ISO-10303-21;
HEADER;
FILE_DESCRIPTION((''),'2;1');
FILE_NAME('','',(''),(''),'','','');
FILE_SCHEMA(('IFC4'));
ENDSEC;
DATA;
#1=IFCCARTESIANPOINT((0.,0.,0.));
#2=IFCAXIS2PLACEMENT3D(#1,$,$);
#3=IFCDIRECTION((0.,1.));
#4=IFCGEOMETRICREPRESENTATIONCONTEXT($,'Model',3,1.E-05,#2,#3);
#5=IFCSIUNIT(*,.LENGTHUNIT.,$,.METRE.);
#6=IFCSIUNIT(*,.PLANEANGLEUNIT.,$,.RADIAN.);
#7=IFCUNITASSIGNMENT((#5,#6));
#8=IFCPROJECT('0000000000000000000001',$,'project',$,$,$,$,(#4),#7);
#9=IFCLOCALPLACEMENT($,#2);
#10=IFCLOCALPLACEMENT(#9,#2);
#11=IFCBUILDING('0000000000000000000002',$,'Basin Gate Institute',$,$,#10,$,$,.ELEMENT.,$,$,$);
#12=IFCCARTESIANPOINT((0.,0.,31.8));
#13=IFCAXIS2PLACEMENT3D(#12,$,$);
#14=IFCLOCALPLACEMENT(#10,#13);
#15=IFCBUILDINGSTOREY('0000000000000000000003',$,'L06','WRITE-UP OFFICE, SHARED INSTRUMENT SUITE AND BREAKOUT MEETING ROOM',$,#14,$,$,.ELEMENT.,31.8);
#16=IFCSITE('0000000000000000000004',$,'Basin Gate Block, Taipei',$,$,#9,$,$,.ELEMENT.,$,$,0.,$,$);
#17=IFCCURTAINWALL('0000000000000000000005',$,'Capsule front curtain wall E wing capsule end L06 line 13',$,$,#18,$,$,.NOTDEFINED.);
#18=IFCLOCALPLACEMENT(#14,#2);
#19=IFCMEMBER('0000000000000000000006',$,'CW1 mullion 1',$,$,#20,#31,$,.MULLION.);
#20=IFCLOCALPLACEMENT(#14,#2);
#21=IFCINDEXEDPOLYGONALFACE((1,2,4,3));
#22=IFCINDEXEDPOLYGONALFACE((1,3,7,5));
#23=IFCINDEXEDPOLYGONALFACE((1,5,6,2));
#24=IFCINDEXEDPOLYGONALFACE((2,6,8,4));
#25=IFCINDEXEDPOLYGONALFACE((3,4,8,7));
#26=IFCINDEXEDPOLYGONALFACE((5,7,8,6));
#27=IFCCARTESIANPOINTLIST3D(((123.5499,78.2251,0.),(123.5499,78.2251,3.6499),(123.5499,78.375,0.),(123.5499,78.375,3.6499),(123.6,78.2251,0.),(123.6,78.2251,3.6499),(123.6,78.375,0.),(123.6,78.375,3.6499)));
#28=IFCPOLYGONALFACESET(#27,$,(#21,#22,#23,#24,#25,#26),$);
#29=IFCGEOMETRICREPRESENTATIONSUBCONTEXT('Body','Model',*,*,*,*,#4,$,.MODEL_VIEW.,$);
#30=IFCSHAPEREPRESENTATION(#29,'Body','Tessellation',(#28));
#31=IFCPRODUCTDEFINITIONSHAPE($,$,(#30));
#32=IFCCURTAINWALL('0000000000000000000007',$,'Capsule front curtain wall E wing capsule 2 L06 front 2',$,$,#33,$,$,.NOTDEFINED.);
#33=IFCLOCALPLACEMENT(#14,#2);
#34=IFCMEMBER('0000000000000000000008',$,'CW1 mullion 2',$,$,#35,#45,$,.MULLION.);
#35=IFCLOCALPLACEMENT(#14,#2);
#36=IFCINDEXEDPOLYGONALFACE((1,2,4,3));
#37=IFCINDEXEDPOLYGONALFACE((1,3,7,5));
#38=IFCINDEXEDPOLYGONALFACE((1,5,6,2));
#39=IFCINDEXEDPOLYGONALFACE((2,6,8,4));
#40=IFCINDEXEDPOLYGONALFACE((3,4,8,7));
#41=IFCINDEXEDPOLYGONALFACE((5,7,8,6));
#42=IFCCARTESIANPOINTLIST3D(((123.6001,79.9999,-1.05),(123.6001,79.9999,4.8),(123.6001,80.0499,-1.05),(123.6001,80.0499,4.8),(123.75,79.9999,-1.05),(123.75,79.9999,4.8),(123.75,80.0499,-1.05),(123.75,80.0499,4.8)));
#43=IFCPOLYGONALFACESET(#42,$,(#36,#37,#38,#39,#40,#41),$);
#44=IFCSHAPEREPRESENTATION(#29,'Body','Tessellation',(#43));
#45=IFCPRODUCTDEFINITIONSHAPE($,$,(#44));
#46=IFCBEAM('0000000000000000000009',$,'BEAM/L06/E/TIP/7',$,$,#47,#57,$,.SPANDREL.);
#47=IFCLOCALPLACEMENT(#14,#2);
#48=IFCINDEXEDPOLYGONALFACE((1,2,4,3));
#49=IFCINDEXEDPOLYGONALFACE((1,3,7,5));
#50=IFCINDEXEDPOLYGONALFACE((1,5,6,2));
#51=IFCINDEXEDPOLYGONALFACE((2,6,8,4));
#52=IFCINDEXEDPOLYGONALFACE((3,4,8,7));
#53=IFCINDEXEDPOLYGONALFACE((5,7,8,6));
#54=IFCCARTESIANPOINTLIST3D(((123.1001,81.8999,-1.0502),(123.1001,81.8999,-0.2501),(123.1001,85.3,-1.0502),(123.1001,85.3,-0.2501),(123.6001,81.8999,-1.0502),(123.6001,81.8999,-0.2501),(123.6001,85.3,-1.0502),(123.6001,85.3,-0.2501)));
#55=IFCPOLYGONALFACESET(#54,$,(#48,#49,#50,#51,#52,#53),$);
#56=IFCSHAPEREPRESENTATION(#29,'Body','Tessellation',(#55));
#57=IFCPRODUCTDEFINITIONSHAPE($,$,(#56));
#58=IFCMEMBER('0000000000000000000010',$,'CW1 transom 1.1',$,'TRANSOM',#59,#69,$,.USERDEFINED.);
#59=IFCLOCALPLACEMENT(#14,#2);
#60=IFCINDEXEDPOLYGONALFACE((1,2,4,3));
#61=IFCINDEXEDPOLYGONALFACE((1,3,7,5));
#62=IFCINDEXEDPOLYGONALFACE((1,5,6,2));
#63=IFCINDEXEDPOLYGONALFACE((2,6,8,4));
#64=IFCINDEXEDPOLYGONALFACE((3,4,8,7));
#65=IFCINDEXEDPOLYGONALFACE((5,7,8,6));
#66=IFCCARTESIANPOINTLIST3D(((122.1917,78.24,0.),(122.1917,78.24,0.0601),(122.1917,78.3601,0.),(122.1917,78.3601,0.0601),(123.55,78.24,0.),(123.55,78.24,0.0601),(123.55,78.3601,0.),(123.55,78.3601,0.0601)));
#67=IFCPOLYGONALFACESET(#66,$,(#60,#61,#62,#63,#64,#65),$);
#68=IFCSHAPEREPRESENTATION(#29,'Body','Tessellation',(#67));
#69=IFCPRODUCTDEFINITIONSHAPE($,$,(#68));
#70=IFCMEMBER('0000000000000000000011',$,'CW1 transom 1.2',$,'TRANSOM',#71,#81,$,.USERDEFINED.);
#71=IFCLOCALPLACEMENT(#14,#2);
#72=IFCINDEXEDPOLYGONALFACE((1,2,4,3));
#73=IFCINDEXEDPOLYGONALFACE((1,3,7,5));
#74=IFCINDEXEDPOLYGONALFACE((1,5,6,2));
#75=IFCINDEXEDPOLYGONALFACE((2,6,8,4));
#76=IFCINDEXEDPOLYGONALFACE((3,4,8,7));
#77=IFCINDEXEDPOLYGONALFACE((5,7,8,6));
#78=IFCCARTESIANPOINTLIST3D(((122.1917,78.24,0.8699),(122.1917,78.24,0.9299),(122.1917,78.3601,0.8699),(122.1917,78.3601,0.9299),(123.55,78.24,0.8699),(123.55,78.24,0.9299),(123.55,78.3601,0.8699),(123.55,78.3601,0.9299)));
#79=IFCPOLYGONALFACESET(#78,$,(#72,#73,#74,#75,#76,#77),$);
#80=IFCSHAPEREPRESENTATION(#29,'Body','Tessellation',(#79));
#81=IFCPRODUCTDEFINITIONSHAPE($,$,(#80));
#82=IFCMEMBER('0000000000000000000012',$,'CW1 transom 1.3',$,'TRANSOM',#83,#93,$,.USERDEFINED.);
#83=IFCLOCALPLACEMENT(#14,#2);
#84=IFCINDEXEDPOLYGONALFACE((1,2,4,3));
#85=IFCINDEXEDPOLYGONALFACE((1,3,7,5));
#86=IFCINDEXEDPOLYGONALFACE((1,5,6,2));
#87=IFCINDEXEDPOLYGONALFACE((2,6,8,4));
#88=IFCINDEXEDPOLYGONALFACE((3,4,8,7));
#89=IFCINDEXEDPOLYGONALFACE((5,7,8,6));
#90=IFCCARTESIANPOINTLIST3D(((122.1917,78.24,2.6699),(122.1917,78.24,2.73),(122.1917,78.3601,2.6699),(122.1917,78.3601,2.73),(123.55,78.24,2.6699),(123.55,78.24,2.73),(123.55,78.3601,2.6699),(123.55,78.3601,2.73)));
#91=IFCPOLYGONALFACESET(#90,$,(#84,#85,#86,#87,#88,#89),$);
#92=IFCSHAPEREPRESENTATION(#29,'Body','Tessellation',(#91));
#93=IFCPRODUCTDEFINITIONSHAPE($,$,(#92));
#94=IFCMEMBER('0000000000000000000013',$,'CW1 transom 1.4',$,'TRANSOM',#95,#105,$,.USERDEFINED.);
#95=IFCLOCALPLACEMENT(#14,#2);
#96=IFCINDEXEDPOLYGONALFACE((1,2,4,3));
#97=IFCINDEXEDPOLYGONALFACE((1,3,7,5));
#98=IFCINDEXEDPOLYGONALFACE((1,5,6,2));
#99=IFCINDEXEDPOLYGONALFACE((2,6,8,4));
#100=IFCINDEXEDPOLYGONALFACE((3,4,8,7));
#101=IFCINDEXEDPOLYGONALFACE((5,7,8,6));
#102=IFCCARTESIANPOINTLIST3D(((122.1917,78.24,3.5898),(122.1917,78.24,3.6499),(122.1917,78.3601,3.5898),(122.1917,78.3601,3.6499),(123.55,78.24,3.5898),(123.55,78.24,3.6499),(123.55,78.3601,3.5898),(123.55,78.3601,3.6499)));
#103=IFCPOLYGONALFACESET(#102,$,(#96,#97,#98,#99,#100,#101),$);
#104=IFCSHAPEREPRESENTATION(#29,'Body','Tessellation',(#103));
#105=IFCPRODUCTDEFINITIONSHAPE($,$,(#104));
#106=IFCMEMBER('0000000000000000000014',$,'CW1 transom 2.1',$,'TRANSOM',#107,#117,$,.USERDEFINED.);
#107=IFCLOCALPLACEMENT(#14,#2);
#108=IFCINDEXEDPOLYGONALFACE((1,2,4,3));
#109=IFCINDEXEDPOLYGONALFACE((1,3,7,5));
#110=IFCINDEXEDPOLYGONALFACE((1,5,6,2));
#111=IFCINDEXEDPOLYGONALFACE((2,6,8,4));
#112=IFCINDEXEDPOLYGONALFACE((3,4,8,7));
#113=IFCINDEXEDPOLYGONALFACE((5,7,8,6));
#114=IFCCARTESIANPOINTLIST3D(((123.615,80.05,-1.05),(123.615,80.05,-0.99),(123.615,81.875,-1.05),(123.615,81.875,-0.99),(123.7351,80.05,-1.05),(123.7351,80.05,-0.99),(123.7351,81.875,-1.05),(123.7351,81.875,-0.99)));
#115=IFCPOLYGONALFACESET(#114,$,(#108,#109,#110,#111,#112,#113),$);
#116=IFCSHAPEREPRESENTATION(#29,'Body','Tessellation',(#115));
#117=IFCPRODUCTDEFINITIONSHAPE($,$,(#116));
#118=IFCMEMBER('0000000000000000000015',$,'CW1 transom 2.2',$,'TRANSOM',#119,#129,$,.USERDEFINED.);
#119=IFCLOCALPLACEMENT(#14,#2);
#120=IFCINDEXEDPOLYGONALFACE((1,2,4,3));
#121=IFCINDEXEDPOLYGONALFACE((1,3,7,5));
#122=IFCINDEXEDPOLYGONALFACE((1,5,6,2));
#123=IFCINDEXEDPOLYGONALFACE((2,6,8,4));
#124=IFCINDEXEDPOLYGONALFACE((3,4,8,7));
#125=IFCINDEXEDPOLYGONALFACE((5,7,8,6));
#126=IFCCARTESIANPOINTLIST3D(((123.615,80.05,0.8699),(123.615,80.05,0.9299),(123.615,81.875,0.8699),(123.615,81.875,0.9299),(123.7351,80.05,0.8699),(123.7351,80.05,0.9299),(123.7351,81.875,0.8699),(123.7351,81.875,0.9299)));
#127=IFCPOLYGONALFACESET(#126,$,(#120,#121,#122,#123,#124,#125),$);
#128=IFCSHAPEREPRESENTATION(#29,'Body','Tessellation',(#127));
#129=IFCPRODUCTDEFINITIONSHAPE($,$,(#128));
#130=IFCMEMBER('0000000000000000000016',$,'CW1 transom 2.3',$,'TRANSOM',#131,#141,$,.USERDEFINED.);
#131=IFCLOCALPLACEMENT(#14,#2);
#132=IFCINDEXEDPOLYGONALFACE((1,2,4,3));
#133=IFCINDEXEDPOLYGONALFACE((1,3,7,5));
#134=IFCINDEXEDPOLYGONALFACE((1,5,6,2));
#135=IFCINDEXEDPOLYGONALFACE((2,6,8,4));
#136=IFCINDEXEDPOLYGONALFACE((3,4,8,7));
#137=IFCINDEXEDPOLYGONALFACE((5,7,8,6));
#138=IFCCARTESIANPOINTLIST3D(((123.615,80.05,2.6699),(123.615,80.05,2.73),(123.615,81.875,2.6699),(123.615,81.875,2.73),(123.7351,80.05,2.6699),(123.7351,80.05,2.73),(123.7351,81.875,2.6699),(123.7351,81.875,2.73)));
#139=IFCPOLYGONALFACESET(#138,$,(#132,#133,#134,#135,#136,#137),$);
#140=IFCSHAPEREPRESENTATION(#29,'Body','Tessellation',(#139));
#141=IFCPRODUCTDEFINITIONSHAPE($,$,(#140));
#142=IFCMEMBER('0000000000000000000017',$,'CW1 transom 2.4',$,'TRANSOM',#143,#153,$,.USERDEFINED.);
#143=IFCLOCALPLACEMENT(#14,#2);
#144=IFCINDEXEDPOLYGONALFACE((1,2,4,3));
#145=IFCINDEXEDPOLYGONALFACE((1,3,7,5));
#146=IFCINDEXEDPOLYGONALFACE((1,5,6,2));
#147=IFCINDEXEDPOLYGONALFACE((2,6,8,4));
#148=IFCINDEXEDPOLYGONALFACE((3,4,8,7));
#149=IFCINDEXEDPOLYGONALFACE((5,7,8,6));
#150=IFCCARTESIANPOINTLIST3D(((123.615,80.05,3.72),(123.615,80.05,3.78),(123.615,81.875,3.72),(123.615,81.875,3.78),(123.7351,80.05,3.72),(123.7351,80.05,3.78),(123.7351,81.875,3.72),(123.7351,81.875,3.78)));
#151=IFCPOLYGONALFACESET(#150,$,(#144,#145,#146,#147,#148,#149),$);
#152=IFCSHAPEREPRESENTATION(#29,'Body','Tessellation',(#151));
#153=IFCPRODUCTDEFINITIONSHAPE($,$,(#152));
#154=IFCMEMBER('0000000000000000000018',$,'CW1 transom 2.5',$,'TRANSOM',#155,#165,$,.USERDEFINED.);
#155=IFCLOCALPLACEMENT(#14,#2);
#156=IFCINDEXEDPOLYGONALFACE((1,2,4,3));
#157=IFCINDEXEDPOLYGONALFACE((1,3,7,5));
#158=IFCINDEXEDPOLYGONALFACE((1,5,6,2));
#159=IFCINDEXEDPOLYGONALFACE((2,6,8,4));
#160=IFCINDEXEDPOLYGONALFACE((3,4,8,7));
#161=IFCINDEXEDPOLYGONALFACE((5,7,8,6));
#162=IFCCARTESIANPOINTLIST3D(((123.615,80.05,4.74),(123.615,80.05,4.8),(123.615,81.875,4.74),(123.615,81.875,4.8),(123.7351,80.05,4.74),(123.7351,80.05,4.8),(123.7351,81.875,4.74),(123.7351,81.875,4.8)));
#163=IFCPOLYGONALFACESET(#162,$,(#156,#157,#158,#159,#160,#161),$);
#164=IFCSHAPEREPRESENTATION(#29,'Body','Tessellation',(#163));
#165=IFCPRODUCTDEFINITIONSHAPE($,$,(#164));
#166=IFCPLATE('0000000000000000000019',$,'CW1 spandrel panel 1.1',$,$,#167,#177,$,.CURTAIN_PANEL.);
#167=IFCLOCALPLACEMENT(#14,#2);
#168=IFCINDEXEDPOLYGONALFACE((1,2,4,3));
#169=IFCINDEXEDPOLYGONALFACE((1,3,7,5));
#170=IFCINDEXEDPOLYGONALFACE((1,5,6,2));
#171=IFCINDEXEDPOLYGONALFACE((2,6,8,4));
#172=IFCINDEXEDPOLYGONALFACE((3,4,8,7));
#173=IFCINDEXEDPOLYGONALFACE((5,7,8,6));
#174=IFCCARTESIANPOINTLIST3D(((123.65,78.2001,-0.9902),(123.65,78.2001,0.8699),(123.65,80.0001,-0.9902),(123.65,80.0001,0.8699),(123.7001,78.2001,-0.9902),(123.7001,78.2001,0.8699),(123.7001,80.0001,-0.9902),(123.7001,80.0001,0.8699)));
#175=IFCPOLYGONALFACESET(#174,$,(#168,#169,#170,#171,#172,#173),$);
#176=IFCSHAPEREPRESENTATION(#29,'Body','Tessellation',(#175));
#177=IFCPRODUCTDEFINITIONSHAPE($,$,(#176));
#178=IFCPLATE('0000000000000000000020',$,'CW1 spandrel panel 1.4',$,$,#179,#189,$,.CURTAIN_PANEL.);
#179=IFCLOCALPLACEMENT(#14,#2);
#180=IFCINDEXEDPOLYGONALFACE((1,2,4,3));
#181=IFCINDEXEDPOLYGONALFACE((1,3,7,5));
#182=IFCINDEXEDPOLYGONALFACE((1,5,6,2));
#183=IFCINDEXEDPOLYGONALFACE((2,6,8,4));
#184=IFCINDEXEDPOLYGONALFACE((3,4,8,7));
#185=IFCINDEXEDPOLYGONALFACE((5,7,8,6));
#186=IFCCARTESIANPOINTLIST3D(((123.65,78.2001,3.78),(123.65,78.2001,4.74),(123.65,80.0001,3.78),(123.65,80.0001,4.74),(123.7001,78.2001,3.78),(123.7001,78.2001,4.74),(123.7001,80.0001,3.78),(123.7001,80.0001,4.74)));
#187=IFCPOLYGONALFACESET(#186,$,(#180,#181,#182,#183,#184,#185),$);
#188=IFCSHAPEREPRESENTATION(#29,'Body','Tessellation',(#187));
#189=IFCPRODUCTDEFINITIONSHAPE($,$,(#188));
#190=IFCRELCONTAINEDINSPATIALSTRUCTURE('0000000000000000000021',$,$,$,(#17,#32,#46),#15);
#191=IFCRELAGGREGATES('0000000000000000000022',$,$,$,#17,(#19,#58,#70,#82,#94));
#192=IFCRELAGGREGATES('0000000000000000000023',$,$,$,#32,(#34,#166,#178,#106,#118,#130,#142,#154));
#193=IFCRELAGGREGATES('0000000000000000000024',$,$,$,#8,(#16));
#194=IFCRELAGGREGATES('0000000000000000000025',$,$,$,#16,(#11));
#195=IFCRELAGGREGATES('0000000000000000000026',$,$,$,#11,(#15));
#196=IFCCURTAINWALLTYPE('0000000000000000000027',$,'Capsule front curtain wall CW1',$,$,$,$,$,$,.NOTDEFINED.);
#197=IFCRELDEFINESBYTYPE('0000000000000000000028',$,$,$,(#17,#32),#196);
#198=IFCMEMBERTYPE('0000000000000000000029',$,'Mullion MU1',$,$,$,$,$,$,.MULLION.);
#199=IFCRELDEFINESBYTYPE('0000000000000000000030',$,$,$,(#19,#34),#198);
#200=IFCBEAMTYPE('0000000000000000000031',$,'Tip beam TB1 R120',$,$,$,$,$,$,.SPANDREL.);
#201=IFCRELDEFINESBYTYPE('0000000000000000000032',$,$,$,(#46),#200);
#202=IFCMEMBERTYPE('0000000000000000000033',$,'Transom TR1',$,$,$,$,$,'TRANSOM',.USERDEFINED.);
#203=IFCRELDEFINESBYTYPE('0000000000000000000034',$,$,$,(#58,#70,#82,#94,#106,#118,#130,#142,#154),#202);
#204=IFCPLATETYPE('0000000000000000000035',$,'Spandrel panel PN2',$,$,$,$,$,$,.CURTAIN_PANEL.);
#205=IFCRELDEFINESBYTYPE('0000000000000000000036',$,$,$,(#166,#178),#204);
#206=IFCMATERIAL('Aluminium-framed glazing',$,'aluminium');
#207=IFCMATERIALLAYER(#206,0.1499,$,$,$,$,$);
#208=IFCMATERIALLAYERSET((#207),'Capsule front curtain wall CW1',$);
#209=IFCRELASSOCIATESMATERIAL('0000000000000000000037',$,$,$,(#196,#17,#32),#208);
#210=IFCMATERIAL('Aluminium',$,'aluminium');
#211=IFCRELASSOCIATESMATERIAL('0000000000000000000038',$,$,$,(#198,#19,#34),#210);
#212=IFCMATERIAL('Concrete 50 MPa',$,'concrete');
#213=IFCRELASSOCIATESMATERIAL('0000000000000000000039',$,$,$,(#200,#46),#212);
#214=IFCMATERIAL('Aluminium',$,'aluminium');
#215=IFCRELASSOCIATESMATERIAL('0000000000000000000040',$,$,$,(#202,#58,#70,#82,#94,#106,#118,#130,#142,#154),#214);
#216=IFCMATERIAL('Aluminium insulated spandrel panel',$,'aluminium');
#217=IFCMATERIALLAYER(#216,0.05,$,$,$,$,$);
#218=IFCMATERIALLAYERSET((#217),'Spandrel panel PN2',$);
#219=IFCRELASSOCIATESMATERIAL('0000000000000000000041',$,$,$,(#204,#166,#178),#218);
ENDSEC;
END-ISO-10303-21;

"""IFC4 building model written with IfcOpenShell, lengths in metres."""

from ifc_helpers import new_model, si_unit, direction, frame, origin, origin_2d, place, context, subcontext, project, spatial, rectangle, extrude, material, layer, layer_set, material_profile, profile_set, type_object, element, aggregate, save


model = new_model("IFC4")

# Units and contexts
model_context = context("Model", 3, precision=1e-05, world=origin(), true_north=direction((0.0, 1.0)))
body_context = subcontext(model_context, "Body", "Model", "MODEL_VIEW")
ifc_project = project(units=[si_unit("LENGTHUNIT", "METRE"), si_unit("PLANEANGLEUNIT", "RADIAN")], contexts=[model_context])

# Site, building, storey
site_placement = place(None, origin())
site = spatial("IfcSite", under=ifc_project, at=site_placement, Name="Basin Gate Block, Taipei", CompositionType="ELEMENT", RefElevation=0.0)
building_placement = place(site_placement, origin())
building = spatial("IfcBuilding", under=site, at=building_placement, Name="Basin Gate Institute", CompositionType="ELEMENT")
storey_placement = place(building_placement, frame((0.0, 0.0, 31.8)))
storey = spatial("IfcBuildingStorey", under=building, at=storey_placement, Name="L06", Description="WRITE-UP OFFICE, SHARED INSTRUMENT SUITE AND BREAKOUT MEETING ROOM", CompositionType="ELEMENT", Elevation=31.8)

# Curtain walls, members
ifc_material_1 = material(Name="Aluminium-framed glazing", Category="aluminium")
ifc_layer_1 = layer(ifc_material_1, 0.1499)
ifc_layer_set_1 = layer_set([ifc_layer_1], Name="Capsule front curtain wall CW1")
curtain_wall_type = type_object("IfcCurtainWallType", Name="Capsule front curtain wall CW1", PredefinedType="NOTDEFINED", material=ifc_layer_set_1)
curtain_wall_1_placement = place(storey_placement, origin())
curtain_wall_1 = element("IfcCurtainWall", 1, at=curtain_wall_1_placement, inside=storey, type_object=curtain_wall_type, material=ifc_layer_set_1, Name="Capsule front curtain wall E wing capsule end L06 line 13", PredefinedType="NOTDEFINED")
ifc_material_2 = material(Name="Aluminium", Category="aluminium")
ifc_material_profile_1 = material_profile(ifc_material_2, rectangle(XDim=0.1499, YDim=0.05, at=origin_2d()), Name="Mullion MU1 150 x 50")
ifc_profile_set_1 = profile_set([ifc_material_profile_1], Name="Aluminium")
member_type_1 = type_object("IfcMemberType", Name="Mullion MU1", PredefinedType="MULLION", material=ifc_profile_set_1)
member_1_placement = place(storey_placement, frame((123.575, 78.3, 0.0), z_axis=(0.0, 0.0, 1.0), x_axis=(0.0, -1.0, 0.0)))
member_1 = element("IfcMember", 2, at=member_1_placement, type_object=member_type_1, material=ifc_profile_set_1, Name="CW1 mullion 1", PredefinedType="MULLION", context=body_context, shape_type="SweptSolid", body=[
    extrude(rectangle(XDim=0.1499, YDim=0.05, at=origin_2d()), origin(), (0.0, 0.0, 1.0), 3.6499),
])
curtain_wall_2_placement = place(storey_placement, origin())
curtain_wall_2 = element("IfcCurtainWall", 3, at=curtain_wall_2_placement, inside=storey, type_object=curtain_wall_type, material=ifc_layer_set_1, Name="Capsule front curtain wall E wing capsule 2 L06 front 2", PredefinedType="NOTDEFINED")
member_2_placement = place(storey_placement, frame((123.675, 80.0249, -1.05), z_axis=(0.0, 0.0, 1.0), x_axis=(-1.0, 0.0, 0.0)))
member_2 = element("IfcMember", 4, at=member_2_placement, type_object=member_type_1, material=ifc_profile_set_1, Name="CW1 mullion 2", PredefinedType="MULLION", context=body_context, shape_type="SweptSolid", body=[
    extrude(rectangle(XDim=0.1499, YDim=0.05, at=origin_2d()), origin(), (0.0, 0.0, 1.0), 5.8501),
])

# Beam
ifc_material_3 = material(Name="Concrete 50 MPa", Category="concrete")
ifc_material_profile_2 = material_profile(ifc_material_3, rectangle(XDim=0.5, YDim=0.8, at=origin_2d()), Name="Tip beam TB1 500 x 800")
ifc_profile_set_2 = profile_set([ifc_material_profile_2], Name="Concrete 50 MPa")
beam_type = type_object("IfcBeamType", Name="Tip beam TB1 R120", PredefinedType="SPANDREL", material=ifc_profile_set_2)
beam_placement = place(storey_placement, frame((123.3501, 81.8999, -0.6501), z_axis=(0.0, 1.0, 0.0), x_axis=(-1.0, 0.0, 0.0)))
element("IfcBeam", 5, at=beam_placement, inside=storey, type_object=beam_type, material=ifc_profile_set_2, Name="BEAM/L06/E/TIP/7", PredefinedType="SPANDREL", context=body_context, shape_type="SweptSolid", body=[
    extrude(rectangle(XDim=0.5, YDim=0.8, at=origin_2d()), origin(), (0.0, 0.0, 1.0), 3.4001),
])

# Members
ifc_material_4 = material(Name="Aluminium", Category="aluminium")
ifc_material_profile_3 = material_profile(ifc_material_4, rectangle(XDim=0.1201, YDim=0.0601, at=origin_2d()), Name="Transom TR1 120 x 60")
ifc_profile_set_3 = profile_set([ifc_material_profile_3], Name="Aluminium")
member_type_2 = type_object("IfcMemberType", Name="Transom TR1", ElementType="TRANSOM", PredefinedType="USERDEFINED", material=ifc_profile_set_3)
member_3_placement = place(storey_placement, frame((123.55, 78.3, 0.03), z_axis=(-1.0, 0.0, 0.0), x_axis=(0.0, -1.0, 0.0)))
member_3 = element("IfcMember", 6, at=member_3_placement, type_object=member_type_2, material=ifc_profile_set_3, Name="CW1 transom 1.1", ObjectType="TRANSOM", PredefinedType="USERDEFINED", context=body_context, shape_type="SweptSolid", body=[
    extrude(rectangle(XDim=0.1201, YDim=0.0601, at=origin_2d()), origin(), (0.0, 0.0, 1.0), 1.3584),
])
member_4_placement = place(storey_placement, frame((123.55, 78.3, 0.8999), z_axis=(-1.0, 0.0, 0.0), x_axis=(0.0, -1.0, 0.0)))
member_4 = element("IfcMember", 7, at=member_4_placement, type_object=member_type_2, material=ifc_profile_set_3, Name="CW1 transom 1.2", ObjectType="TRANSOM", PredefinedType="USERDEFINED", context=body_context, shape_type="SweptSolid", body=[
    extrude(rectangle(XDim=0.1201, YDim=0.0601, at=origin_2d()), origin(), (0.0, 0.0, 1.0), 1.3584),
])
member_5_placement = place(storey_placement, frame((123.55, 78.3, 2.7), z_axis=(-1.0, 0.0, 0.0), x_axis=(0.0, -1.0, 0.0)))
member_5 = element("IfcMember", 8, at=member_5_placement, type_object=member_type_2, material=ifc_profile_set_3, Name="CW1 transom 1.3", ObjectType="TRANSOM", PredefinedType="USERDEFINED", context=body_context, shape_type="SweptSolid", body=[
    extrude(rectangle(XDim=0.1201, YDim=0.0601, at=origin_2d()), origin(), (0.0, 0.0, 1.0), 1.3584),
])
member_6_placement = place(storey_placement, frame((123.55, 78.3, 3.6199), z_axis=(-1.0, 0.0, 0.0), x_axis=(0.0, -1.0, 0.0)))
member_6 = element("IfcMember", 9, at=member_6_placement, type_object=member_type_2, material=ifc_profile_set_3, Name="CW1 transom 1.4", ObjectType="TRANSOM", PredefinedType="USERDEFINED", context=body_context, shape_type="SweptSolid", body=[
    extrude(rectangle(XDim=0.1201, YDim=0.0601, at=origin_2d()), origin(), (0.0, 0.0, 1.0), 1.3584),
])
aggregate(curtain_wall_1, [member_1, member_3, member_4, member_5, member_6])
member_7_placement = place(storey_placement, frame((123.675, 80.05, -1.02), z_axis=(0.0, 1.0, 0.0), x_axis=(-1.0, 0.0, 0.0)))
member_7 = element("IfcMember", 10, at=member_7_placement, type_object=member_type_2, material=ifc_profile_set_3, Name="CW1 transom 2.1", ObjectType="TRANSOM", PredefinedType="USERDEFINED", context=body_context, shape_type="SweptSolid", body=[
    extrude(rectangle(XDim=0.1201, YDim=0.0601, at=origin_2d()), origin(), (0.0, 0.0, 1.0), 1.825),
])
member_8_placement = place(storey_placement, frame((123.675, 80.05, 0.8999), z_axis=(0.0, 1.0, 0.0), x_axis=(-1.0, 0.0, 0.0)))
member_8 = element("IfcMember", 11, at=member_8_placement, type_object=member_type_2, material=ifc_profile_set_3, Name="CW1 transom 2.2", ObjectType="TRANSOM", PredefinedType="USERDEFINED", context=body_context, shape_type="SweptSolid", body=[
    extrude(rectangle(XDim=0.1201, YDim=0.0601, at=origin_2d()), origin(), (0.0, 0.0, 1.0), 1.825),
])
member_9_placement = place(storey_placement, frame((123.675, 80.05, 2.7), z_axis=(0.0, 1.0, 0.0), x_axis=(-1.0, 0.0, 0.0)))
member_9 = element("IfcMember", 12, at=member_9_placement, type_object=member_type_2, material=ifc_profile_set_3, Name="CW1 transom 2.3", ObjectType="TRANSOM", PredefinedType="USERDEFINED", context=body_context, shape_type="SweptSolid", body=[
    extrude(rectangle(XDim=0.1201, YDim=0.0601, at=origin_2d()), origin(), (0.0, 0.0, 1.0), 1.825),
])
member_10_placement = place(storey_placement, frame((123.675, 80.05, 3.75), z_axis=(0.0, 1.0, 0.0), x_axis=(-1.0, 0.0, 0.0)))
member_10 = element("IfcMember", 13, at=member_10_placement, type_object=member_type_2, material=ifc_profile_set_3, Name="CW1 transom 2.4", ObjectType="TRANSOM", PredefinedType="USERDEFINED", context=body_context, shape_type="SweptSolid", body=[
    extrude(rectangle(XDim=0.1201, YDim=0.0601, at=origin_2d()), origin(), (0.0, 0.0, 1.0), 1.825),
])
member_11_placement = place(storey_placement, frame((123.675, 80.05, 4.77), z_axis=(0.0, 1.0, 0.0), x_axis=(-1.0, 0.0, 0.0)))
member_11 = element("IfcMember", 14, at=member_11_placement, type_object=member_type_2, material=ifc_profile_set_3, Name="CW1 transom 2.5", ObjectType="TRANSOM", PredefinedType="USERDEFINED", context=body_context, shape_type="SweptSolid", body=[
    extrude(rectangle(XDim=0.1201, YDim=0.0601, at=origin_2d()), origin(), (0.0, 0.0, 1.0), 1.825),
])

# Plates
ifc_material_5 = material(Name="Aluminium insulated spandrel panel", Category="aluminium")
ifc_layer_2 = layer(ifc_material_5, 0.05)
ifc_layer_set_2 = layer_set([ifc_layer_2], Name="Spandrel panel PN2")
plate_type_1 = type_object("IfcPlateType", Name="Spandrel panel PN2", PredefinedType="CURTAIN_PANEL", material=ifc_layer_set_2)
plate_1_placement = place(storey_placement, frame((123.675, 79.1001, -0.9902), z_axis=(0.0, 0.0, 1.0), x_axis=(0.0, 1.0, 0.0)))
plate_1 = element("IfcPlate", 15, at=plate_1_placement, type_object=plate_type_1, material=ifc_layer_set_2, Name="CW1 spandrel panel 1.1", PredefinedType="CURTAIN_PANEL", context=body_context, shape_type="SweptSolid", body=[
    extrude(rectangle(XDim=1.8, YDim=0.05, at=origin_2d()), origin(), (0.0, 0.0, 1.0), 1.8601),
])
plate_2_placement = place(storey_placement, frame((123.675, 79.1001, 3.78), z_axis=(0.0, 0.0, 1.0), x_axis=(0.0, 1.0, 0.0)))
plate_2 = element("IfcPlate", 16, at=plate_2_placement, type_object=plate_type_1, material=ifc_layer_set_2, Name="CW1 spandrel panel 1.4", PredefinedType="CURTAIN_PANEL", context=body_context, shape_type="SweptSolid", body=[
    extrude(rectangle(XDim=1.8, YDim=0.05, at=origin_2d()), origin(), (0.0, 0.0, 1.0), 0.96),
])
aggregate(curtain_wall_2, [member_2, plate_1, plate_2, member_7, member_8, member_9, member_10, member_11])

save(model, "model.ifc")
